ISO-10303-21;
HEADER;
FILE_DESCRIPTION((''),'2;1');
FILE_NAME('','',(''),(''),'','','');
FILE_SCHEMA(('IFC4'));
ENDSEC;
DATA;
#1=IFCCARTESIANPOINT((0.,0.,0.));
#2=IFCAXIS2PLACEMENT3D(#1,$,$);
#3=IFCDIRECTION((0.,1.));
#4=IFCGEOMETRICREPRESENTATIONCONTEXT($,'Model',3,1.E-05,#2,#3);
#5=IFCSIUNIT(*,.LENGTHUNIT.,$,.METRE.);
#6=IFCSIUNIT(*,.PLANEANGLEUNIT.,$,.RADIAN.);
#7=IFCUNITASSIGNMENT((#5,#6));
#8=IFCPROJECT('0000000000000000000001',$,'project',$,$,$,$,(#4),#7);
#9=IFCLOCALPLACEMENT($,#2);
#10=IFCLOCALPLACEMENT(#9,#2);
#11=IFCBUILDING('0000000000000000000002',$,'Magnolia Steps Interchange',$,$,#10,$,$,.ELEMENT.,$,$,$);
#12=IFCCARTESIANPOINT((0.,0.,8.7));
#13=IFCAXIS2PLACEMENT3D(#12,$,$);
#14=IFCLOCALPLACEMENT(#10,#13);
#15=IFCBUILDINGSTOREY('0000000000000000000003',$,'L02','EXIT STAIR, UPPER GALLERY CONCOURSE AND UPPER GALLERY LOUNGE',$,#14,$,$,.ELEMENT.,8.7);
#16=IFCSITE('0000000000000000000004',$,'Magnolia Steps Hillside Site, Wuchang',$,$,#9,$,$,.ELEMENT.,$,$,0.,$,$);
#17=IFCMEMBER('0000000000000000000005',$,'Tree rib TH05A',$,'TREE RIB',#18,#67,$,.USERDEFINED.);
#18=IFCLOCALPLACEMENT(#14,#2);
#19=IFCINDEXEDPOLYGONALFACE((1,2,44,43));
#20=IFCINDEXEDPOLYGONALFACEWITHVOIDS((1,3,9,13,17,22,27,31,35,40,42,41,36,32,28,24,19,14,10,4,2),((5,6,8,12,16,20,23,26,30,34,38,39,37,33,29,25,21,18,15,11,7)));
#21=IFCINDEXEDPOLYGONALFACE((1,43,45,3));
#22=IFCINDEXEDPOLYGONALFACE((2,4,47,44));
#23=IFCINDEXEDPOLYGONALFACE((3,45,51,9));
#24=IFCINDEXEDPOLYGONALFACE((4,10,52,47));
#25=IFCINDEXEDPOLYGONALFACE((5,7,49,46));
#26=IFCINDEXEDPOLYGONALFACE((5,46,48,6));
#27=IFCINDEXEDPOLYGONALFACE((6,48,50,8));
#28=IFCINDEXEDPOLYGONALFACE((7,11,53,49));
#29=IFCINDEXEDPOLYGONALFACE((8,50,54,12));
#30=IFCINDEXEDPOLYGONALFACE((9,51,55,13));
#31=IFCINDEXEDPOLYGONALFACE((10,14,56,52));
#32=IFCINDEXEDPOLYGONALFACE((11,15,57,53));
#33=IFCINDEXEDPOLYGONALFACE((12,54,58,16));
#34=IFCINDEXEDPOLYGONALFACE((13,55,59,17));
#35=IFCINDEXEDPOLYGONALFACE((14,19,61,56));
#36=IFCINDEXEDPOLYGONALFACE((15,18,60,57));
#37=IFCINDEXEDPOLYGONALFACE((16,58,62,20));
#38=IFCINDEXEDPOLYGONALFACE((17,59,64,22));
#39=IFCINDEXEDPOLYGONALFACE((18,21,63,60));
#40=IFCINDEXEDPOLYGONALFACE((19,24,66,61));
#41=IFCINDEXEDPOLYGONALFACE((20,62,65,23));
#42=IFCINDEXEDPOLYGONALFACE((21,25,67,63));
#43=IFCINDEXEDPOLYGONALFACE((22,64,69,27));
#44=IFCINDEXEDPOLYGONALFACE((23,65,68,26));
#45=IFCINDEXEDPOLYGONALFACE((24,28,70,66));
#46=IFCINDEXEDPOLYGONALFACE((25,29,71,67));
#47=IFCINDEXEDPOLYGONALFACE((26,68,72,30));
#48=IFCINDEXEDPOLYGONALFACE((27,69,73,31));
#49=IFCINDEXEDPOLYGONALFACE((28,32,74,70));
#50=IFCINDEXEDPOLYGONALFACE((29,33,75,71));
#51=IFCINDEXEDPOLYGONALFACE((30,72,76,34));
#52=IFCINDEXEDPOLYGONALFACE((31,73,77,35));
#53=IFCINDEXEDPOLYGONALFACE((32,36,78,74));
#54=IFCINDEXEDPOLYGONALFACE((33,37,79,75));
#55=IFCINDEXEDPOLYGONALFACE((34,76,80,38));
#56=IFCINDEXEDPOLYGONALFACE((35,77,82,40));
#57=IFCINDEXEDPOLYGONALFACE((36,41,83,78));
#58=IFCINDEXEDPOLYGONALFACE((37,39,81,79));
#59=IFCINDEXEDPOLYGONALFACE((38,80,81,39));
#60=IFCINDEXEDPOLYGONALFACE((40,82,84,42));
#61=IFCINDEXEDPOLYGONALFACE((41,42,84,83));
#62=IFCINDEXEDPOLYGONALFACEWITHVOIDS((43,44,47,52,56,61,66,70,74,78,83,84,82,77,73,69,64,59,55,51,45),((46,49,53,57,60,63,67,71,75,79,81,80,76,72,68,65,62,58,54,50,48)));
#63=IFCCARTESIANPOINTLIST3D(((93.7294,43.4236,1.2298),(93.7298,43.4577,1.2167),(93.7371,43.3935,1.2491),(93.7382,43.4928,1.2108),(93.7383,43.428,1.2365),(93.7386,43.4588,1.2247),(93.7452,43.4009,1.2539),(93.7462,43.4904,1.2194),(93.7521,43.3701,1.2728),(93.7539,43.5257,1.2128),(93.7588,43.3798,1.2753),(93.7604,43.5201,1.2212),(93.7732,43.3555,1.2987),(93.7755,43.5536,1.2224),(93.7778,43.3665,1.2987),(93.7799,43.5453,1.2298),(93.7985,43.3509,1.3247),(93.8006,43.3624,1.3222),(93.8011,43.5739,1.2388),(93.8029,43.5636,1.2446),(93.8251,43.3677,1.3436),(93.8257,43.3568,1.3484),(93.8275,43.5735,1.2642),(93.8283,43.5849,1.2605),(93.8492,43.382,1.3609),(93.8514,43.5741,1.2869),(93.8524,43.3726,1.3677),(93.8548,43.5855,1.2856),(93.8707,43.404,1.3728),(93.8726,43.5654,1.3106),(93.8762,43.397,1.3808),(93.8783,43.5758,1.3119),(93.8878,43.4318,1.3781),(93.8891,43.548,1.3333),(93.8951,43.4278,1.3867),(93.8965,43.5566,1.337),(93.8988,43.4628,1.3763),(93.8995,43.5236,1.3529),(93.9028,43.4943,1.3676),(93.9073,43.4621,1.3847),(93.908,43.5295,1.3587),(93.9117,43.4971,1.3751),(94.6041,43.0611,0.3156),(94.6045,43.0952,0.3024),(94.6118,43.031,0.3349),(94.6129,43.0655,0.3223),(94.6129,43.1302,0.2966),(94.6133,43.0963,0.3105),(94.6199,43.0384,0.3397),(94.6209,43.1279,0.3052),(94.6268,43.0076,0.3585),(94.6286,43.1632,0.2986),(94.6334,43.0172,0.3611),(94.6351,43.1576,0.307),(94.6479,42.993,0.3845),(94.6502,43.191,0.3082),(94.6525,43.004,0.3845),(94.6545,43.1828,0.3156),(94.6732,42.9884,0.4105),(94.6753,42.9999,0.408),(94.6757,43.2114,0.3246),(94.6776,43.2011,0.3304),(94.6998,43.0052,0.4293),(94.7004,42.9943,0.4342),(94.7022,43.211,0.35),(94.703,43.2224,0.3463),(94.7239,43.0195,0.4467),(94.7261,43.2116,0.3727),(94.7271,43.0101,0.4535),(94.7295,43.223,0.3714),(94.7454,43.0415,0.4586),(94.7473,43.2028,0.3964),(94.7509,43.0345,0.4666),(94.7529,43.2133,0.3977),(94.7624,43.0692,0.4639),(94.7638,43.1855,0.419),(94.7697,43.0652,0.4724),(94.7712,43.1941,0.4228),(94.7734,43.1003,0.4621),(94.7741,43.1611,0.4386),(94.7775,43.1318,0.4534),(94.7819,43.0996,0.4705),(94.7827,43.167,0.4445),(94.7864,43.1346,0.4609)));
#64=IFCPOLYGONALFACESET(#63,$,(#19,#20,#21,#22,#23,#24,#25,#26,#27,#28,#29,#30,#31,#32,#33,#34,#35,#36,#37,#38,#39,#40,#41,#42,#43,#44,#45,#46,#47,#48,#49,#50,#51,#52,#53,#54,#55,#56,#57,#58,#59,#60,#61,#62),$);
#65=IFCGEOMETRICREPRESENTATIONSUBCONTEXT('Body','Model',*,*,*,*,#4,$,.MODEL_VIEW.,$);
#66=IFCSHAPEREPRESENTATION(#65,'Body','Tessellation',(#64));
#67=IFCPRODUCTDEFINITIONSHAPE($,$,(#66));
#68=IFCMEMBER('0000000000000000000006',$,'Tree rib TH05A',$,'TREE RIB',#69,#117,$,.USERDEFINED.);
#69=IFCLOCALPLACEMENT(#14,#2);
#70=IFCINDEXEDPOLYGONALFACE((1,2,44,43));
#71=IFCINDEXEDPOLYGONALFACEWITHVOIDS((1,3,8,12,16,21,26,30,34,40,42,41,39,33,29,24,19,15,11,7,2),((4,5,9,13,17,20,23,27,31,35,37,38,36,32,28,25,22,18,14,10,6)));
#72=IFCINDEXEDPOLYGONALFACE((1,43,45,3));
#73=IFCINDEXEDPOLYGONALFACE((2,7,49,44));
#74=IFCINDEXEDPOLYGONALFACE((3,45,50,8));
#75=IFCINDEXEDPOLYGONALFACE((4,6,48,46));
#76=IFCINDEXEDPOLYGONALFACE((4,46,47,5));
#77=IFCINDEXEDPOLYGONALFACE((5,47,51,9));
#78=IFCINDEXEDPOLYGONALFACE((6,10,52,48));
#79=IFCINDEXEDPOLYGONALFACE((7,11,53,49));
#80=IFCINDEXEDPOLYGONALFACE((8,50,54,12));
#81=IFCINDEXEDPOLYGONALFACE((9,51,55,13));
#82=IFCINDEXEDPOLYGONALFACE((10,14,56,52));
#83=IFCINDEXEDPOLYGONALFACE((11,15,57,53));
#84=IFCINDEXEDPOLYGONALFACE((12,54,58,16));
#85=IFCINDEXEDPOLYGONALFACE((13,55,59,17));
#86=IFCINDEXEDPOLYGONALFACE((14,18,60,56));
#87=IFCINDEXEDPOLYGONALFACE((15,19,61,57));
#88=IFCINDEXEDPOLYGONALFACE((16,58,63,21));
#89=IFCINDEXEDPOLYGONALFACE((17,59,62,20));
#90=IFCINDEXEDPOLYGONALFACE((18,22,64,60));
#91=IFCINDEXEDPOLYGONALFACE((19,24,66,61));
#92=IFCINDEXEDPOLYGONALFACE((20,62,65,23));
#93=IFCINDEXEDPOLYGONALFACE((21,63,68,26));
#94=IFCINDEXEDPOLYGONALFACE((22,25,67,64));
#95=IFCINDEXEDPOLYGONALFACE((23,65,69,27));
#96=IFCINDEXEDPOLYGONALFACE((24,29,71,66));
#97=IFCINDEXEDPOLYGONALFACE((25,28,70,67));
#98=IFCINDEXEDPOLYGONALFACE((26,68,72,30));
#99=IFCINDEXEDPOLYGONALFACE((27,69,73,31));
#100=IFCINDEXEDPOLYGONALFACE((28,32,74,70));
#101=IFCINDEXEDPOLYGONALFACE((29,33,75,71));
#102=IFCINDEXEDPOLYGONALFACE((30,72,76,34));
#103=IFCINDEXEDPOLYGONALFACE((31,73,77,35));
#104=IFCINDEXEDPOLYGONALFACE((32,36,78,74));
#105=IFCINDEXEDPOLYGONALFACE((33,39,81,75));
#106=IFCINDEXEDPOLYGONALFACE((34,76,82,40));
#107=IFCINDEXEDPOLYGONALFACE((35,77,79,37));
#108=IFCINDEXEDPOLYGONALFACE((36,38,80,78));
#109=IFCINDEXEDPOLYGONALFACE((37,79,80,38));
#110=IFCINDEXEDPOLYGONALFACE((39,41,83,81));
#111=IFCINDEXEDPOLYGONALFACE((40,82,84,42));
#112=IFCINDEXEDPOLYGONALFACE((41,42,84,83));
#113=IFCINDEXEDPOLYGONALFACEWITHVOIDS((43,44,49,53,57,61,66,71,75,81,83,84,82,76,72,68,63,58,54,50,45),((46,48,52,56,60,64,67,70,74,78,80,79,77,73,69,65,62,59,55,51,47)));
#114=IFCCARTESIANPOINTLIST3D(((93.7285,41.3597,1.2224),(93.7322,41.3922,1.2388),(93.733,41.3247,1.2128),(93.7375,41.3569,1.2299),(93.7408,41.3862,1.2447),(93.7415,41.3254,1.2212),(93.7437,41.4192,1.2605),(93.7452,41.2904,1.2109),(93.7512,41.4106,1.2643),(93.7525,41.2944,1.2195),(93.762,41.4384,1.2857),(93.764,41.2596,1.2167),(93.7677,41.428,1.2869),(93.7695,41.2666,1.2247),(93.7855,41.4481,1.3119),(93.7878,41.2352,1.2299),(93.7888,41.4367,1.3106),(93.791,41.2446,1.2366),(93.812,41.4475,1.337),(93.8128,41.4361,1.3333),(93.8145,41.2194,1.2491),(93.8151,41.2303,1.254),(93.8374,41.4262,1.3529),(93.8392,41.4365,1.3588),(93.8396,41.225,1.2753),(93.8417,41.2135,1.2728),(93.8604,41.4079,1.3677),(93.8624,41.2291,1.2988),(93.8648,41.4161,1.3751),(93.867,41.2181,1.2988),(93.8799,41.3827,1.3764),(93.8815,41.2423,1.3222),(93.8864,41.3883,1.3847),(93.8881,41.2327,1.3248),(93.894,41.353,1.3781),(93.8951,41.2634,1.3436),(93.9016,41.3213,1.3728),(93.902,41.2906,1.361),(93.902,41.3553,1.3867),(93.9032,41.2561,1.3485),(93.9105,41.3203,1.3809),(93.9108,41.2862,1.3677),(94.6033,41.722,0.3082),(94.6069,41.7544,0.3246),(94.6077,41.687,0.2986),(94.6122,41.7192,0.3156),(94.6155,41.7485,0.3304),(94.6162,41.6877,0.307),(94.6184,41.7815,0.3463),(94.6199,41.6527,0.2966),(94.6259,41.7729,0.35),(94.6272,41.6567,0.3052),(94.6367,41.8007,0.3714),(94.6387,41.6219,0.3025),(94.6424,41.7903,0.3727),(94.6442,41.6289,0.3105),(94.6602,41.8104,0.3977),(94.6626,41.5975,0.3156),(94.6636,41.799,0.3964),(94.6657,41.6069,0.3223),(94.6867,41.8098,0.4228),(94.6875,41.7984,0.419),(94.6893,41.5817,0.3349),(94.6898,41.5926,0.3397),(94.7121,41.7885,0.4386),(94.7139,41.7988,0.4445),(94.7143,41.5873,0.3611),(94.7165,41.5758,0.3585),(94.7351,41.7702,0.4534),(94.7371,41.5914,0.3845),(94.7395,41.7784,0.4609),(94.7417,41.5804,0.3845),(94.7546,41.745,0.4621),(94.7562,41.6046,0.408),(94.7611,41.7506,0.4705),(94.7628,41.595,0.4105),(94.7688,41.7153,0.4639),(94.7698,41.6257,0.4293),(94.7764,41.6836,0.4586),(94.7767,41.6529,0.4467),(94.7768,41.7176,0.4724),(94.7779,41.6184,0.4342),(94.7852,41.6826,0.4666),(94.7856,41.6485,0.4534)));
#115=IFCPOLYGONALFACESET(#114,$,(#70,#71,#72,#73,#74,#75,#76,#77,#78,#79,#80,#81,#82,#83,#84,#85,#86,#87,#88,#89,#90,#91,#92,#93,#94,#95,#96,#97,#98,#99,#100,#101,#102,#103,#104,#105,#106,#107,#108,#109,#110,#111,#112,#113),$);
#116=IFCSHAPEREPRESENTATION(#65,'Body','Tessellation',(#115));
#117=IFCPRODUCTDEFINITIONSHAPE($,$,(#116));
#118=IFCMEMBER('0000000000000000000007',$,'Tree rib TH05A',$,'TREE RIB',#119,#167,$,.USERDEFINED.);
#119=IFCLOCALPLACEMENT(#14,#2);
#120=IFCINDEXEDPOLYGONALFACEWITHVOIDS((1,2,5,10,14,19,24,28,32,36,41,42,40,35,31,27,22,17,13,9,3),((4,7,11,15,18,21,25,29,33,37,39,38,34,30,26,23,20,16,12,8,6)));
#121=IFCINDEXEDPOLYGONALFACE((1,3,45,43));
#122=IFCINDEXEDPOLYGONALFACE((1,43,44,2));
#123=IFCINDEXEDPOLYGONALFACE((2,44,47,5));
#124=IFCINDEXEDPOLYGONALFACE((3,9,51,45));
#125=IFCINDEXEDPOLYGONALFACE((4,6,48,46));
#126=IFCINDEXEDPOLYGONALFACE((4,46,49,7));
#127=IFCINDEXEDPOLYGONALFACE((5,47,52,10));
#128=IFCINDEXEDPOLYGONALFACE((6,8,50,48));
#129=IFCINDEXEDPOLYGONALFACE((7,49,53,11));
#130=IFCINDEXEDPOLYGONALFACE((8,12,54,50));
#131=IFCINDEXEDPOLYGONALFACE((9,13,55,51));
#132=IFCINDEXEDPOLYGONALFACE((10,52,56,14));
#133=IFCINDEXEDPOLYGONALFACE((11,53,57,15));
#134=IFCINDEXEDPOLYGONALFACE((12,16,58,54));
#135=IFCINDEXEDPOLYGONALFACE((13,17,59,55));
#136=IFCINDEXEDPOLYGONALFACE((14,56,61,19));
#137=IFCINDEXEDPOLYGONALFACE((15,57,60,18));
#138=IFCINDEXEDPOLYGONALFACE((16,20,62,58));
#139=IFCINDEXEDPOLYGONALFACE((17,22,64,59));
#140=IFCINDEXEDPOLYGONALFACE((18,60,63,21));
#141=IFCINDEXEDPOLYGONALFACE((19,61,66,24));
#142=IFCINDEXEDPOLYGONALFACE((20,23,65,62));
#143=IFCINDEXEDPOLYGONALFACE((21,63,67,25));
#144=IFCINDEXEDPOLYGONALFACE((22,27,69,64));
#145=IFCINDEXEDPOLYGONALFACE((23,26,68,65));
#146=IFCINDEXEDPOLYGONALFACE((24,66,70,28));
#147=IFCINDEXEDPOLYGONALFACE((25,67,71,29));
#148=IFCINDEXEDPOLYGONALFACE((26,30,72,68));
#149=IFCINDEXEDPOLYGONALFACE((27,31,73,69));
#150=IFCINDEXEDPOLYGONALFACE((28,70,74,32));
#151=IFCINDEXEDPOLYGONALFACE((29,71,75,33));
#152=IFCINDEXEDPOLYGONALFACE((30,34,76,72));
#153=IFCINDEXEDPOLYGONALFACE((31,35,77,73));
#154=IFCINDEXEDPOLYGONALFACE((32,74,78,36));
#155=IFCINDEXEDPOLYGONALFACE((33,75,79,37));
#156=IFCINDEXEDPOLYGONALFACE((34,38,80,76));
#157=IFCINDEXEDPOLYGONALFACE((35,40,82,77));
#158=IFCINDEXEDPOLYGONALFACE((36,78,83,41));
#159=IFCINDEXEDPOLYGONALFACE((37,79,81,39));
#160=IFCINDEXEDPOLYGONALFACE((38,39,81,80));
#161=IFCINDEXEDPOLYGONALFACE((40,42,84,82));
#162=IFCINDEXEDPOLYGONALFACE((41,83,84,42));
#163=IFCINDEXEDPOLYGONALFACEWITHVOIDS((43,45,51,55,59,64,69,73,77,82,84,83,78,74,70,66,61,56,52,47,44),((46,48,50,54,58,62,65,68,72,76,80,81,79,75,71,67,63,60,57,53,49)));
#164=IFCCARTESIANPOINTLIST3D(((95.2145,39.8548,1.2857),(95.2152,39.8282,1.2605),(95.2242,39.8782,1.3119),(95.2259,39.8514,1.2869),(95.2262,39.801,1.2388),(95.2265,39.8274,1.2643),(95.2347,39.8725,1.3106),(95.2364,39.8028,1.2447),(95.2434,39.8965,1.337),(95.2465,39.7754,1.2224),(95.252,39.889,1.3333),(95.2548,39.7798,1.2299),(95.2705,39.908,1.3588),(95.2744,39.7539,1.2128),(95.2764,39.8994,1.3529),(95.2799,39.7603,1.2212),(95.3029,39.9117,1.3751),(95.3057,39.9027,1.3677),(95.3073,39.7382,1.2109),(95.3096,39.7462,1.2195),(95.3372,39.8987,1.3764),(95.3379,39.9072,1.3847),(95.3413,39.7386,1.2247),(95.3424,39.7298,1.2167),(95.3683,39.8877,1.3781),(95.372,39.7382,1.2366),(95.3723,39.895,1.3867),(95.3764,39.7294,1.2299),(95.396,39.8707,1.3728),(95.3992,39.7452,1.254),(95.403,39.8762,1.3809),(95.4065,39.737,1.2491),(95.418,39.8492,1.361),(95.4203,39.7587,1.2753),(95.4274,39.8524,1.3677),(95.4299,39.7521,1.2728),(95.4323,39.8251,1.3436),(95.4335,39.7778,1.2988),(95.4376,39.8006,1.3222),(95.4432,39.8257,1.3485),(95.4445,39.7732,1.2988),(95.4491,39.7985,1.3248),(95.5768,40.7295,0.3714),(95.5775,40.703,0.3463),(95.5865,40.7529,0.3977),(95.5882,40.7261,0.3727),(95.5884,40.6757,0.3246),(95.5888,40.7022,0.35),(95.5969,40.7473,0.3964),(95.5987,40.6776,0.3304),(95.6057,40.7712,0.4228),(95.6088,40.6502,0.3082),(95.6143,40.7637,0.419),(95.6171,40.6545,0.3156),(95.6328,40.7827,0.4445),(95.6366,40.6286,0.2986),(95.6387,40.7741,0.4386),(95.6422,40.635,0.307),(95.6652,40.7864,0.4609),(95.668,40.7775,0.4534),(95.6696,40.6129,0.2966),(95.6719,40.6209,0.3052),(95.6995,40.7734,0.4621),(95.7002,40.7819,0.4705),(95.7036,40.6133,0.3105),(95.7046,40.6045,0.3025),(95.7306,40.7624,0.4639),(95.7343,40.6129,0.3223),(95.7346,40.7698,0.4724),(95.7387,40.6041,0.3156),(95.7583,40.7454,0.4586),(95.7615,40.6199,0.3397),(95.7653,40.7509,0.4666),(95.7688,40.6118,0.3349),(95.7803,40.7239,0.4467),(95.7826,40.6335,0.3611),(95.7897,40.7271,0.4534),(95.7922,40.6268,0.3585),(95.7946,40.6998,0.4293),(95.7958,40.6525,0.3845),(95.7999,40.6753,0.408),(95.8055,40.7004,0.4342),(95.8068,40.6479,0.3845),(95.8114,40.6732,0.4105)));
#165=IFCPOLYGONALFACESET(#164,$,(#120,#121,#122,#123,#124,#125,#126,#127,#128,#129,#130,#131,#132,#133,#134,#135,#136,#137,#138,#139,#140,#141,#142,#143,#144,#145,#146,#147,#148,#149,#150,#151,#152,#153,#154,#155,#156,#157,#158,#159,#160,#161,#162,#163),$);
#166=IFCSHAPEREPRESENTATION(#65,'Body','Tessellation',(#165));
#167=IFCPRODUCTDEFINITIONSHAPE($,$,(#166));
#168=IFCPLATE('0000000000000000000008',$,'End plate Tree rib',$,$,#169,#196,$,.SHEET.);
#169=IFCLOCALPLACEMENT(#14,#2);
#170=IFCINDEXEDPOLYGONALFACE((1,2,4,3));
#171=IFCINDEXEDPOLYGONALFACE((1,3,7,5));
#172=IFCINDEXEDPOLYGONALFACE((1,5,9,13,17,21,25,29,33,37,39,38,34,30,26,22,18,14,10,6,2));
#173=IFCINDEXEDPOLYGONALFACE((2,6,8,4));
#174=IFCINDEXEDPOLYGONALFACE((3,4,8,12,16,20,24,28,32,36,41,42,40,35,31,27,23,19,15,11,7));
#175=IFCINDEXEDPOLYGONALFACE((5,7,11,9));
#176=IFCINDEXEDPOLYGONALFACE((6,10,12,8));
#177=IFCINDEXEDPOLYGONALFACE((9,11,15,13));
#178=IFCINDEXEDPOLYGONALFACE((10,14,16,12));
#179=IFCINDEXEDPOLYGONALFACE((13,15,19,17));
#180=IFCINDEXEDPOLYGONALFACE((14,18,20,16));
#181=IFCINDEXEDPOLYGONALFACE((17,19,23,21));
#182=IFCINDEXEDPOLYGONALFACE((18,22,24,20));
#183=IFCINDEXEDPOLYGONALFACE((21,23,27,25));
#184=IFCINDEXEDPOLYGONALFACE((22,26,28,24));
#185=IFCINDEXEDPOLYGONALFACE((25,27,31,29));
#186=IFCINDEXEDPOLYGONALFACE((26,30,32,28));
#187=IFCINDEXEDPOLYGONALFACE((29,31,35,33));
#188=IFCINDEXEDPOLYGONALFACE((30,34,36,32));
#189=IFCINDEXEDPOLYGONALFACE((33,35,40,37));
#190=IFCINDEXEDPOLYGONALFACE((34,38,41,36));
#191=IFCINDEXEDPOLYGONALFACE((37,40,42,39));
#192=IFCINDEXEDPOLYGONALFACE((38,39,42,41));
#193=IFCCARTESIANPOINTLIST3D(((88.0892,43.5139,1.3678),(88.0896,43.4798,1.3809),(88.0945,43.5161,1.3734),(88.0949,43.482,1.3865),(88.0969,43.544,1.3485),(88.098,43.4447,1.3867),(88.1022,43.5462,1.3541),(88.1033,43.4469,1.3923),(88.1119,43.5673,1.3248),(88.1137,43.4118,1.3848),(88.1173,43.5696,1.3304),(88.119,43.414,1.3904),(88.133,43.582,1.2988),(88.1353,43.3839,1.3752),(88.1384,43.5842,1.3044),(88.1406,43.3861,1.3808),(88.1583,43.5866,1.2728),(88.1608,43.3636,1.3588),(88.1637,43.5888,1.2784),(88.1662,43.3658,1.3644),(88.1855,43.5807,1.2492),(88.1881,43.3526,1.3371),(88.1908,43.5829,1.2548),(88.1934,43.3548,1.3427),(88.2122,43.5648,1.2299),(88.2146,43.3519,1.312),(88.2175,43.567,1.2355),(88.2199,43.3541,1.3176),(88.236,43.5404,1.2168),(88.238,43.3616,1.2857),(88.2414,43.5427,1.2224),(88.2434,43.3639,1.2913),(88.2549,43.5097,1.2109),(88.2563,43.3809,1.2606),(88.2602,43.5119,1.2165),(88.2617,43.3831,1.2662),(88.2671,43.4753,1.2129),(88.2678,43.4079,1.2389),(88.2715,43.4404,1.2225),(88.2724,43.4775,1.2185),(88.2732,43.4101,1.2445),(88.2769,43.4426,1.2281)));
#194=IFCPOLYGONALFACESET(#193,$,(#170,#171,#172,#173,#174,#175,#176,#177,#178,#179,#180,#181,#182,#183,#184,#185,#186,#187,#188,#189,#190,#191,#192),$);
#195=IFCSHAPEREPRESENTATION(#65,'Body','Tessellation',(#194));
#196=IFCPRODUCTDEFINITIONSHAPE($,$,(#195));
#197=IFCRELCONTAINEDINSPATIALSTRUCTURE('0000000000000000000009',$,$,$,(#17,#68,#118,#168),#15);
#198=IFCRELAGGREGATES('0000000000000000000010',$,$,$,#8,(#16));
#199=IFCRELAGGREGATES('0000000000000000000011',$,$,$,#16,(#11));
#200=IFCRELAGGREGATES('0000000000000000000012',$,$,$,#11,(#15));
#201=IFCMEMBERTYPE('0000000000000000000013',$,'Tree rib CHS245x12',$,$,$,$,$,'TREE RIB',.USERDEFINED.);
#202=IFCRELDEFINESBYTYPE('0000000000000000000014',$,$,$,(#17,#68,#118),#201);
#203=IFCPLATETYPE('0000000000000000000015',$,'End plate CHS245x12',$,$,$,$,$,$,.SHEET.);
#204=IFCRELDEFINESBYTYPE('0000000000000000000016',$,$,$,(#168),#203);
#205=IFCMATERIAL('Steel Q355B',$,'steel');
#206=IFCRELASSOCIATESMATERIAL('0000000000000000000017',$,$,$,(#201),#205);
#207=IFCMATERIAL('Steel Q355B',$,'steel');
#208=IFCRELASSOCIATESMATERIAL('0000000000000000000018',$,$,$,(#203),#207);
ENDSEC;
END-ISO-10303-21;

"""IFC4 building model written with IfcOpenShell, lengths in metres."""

from ifc_helpers import new_model, si_unit, direction, frame, origin, origin_2d, place, context, subcontext, project, spatial, circle, hollow_circle, extrude, material, material_profile, profile_set, type_object, element, save


model = new_model("IFC4")

# Units and contexts
model_context = context("Model", 3, precision=1e-05, world=origin(), true_north=direction((0.0, 1.0)))
body_context = subcontext(model_context, "Body", "Model", "MODEL_VIEW")
ifc_project = project(units=[si_unit("LENGTHUNIT", "METRE"), si_unit("PLANEANGLEUNIT", "RADIAN")], contexts=[model_context])

# Site, building, storey
site_placement = place(None, origin())
site = spatial("IfcSite", under=ifc_project, at=site_placement, Name="Magnolia Steps Hillside Site, Wuchang", CompositionType="ELEMENT", RefElevation=0.0)
building_placement = place(site_placement, origin())
building = spatial("IfcBuilding", under=site, at=building_placement, Name="Magnolia Steps Interchange", CompositionType="ELEMENT")
storey_placement = place(building_placement, frame((0.0, 0.0, 8.7)))
storey = spatial("IfcBuildingStorey", under=building, at=storey_placement, Name="L02", Description="EXIT STAIR, UPPER GALLERY CONCOURSE AND UPPER GALLERY LOUNGE", CompositionType="ELEMENT", Elevation=8.7)

# Members
ifc_material_1 = material(Name="Steel Q355B", Category="steel")
ifc_material_profile_1 = material_profile(ifc_material_1, hollow_circle(Radius=0.1226, WallThickness=0.012, at=origin_2d()), Name="CHS245x12")
ifc_profile_set_1 = profile_set([ifc_material_profile_1], Name="Steel Q355B")
member_type = type_object("IfcMemberType", Name="Tree rib CHS245x12", ElementType="TREE RIB", PredefinedType="USERDEFINED", material=ifc_profile_set_1)
for number, where, z_axis, x_axis, name in (
    (1, (94.6948, 43.1062, 0.3845), (-0.664566, 0.275434, 0.694613), (-0.382876, -0.9238, 0.0), "Tree rib TH05A"),
    (2, (94.6948, 41.6936, 0.3845), (-0.6646, -0.275263, 0.694649), (0.382655, -0.923891, 0.0), "Tree rib TH05A"),
    (3, (95.6936, 40.6948, 0.3845), (-0.275263, -0.6646, 0.694649), (0.923891, -0.382655, 0.0), "Tree rib TH05A"),
):
    element("IfcMember", number, at=place(storey_placement, frame(where, z_axis=z_axis, x_axis=x_axis)), inside=storey, type_object=member_type, Name=name, ObjectType="TREE RIB", PredefinedType="USERDEFINED", context=body_context, shape_type="SweptSolid", body=[
        extrude(hollow_circle(Radius=0.1226, WallThickness=0.012, at=origin_2d()), origin(), (0.0, 0.0, 1.0), 1.3162),
    ])

# Plate
ifc_material_2 = material(Name="Steel Q355B", Category="steel")
ifc_material_profile_2 = material_profile(ifc_material_2, circle(Radius=0.1226, at=origin_2d()), Name="End plate CHS245x12")
ifc_profile_set_2 = profile_set([ifc_material_profile_2], Name="Steel Q355B")
plate_type_1 = type_object("IfcPlateType", Name="End plate CHS245x12", PredefinedType="SHEET", material=ifc_profile_set_2)
for number, where, z_axis, x_axis, name in (
    (4, (88.1799, 43.4688, 1.2988), (0.664583, 0.275279, 0.694658), (-0.382683, 0.92388, 0.0), "End plate Tree rib"),
):
    element("IfcPlate", number, at=place(storey_placement, frame(where, z_axis=z_axis, x_axis=x_axis)), inside=storey, type_object=plate_type_1, Name=name, PredefinedType="SHEET", context=body_context, shape_type="SweptSolid", body=[
        extrude(circle(Radius=0.1226, at=origin_2d()), origin(), (0.0, 0.0, 1.0), 0.0081),
    ])

save(model, "model.ifc")
